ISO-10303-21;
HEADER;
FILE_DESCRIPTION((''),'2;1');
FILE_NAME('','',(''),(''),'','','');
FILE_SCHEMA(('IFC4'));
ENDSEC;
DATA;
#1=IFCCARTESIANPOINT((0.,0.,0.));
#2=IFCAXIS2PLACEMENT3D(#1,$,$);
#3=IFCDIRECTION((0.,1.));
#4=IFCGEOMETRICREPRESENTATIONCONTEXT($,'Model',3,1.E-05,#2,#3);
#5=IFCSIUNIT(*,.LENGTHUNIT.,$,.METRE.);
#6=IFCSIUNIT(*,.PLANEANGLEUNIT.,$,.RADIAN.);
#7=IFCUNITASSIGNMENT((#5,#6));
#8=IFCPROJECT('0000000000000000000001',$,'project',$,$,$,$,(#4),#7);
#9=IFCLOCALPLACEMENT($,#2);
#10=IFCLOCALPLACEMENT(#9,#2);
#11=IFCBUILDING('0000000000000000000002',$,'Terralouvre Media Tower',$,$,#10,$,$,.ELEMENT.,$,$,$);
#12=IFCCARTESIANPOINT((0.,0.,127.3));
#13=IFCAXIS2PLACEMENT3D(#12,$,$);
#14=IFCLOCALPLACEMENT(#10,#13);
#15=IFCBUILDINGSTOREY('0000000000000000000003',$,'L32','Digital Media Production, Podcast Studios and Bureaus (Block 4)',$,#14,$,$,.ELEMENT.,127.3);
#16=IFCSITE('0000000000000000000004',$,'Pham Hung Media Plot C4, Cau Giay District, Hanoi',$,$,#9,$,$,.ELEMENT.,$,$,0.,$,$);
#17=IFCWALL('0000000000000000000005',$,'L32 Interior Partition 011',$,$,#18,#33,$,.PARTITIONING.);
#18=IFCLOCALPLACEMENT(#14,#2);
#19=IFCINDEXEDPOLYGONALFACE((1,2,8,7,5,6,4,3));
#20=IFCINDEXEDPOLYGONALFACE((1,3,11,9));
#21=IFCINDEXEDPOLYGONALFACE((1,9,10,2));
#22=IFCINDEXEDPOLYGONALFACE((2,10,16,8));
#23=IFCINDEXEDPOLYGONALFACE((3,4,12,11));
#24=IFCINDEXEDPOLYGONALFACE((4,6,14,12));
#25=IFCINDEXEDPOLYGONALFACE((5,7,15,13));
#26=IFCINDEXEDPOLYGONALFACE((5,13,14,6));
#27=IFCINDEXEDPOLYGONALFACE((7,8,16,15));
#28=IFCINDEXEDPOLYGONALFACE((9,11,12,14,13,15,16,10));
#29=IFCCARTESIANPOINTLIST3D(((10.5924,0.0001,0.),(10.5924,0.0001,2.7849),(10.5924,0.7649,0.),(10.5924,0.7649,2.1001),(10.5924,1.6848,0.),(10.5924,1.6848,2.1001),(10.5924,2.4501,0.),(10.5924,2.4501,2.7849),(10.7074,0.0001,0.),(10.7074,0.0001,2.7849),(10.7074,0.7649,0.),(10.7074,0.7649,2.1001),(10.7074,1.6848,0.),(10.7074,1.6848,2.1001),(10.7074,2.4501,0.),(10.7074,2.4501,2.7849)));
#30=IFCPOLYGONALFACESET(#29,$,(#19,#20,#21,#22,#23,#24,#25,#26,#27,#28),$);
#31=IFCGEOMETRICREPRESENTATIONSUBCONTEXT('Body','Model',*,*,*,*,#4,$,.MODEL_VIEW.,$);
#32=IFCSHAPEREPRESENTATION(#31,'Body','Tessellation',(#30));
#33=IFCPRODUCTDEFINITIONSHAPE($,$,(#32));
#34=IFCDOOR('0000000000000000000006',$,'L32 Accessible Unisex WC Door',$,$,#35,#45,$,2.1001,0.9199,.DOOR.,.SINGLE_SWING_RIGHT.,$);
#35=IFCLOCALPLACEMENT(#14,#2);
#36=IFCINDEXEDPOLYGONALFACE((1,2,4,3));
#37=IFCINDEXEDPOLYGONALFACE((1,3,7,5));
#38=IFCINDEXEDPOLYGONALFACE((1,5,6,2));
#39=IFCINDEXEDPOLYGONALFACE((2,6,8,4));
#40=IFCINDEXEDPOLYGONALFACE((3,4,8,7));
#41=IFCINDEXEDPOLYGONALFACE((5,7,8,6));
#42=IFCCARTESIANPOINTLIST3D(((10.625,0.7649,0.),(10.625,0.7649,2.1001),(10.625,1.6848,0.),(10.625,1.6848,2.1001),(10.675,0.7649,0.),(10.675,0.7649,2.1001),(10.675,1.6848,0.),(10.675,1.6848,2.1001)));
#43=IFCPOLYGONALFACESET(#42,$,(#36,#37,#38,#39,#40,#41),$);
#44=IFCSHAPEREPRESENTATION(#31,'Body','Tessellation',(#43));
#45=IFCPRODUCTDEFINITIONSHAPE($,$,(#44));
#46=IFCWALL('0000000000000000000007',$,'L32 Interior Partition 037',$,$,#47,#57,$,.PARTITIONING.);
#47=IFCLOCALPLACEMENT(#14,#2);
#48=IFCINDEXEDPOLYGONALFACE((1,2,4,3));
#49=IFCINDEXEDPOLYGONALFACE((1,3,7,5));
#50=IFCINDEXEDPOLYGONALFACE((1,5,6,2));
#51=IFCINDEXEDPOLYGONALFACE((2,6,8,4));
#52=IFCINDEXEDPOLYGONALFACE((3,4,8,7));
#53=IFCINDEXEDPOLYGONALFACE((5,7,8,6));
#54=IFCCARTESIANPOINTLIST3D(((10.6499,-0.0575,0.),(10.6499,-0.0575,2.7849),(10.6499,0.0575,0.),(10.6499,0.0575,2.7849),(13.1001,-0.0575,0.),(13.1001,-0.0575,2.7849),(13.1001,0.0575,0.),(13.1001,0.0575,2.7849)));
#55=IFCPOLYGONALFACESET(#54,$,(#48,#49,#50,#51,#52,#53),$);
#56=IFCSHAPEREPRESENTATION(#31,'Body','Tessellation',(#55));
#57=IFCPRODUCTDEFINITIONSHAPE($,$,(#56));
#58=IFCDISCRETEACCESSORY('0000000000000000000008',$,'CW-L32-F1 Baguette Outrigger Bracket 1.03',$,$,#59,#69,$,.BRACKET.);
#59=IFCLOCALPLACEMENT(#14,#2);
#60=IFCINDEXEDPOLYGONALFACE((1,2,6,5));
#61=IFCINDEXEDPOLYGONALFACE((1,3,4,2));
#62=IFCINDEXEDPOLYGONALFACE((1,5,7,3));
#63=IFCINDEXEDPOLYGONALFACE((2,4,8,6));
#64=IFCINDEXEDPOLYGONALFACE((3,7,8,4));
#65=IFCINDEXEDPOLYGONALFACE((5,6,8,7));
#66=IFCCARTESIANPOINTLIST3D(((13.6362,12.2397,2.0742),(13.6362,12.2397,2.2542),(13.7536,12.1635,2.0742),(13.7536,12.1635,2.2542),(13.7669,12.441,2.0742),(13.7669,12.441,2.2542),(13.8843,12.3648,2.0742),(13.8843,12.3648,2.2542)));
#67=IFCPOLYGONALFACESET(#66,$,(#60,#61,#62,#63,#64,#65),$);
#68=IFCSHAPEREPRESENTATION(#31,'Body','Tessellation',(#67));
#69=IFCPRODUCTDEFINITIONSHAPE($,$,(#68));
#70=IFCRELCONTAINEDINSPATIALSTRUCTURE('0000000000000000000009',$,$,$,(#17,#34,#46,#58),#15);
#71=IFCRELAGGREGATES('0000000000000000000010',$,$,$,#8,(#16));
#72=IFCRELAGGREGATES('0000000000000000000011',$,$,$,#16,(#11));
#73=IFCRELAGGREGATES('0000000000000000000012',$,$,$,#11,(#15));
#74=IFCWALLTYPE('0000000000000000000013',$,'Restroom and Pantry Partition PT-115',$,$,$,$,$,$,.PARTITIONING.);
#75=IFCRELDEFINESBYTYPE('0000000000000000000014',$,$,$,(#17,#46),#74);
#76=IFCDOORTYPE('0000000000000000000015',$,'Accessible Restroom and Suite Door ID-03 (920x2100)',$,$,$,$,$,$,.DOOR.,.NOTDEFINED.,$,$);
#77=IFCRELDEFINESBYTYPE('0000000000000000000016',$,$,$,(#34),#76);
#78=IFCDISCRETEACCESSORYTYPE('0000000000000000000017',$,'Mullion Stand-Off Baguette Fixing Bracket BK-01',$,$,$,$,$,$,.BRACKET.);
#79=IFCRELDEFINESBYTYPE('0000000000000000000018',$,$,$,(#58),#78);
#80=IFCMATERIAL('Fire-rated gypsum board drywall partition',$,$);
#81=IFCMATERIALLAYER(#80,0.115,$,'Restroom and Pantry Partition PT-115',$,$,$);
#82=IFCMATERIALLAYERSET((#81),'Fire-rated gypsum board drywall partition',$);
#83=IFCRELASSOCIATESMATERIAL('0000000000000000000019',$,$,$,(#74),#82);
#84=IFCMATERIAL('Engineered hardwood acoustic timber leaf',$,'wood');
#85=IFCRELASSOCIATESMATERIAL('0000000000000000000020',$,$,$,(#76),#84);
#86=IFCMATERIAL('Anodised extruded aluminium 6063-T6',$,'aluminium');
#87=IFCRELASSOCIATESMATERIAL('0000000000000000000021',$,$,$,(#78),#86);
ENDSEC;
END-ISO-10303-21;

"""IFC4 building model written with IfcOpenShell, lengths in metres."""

from ifc_helpers import new_model, si_unit, direction, frame, frame_2d, origin, origin_2d, place, context, subcontext, project, spatial, rectangle, extrude, material, layer, layer_set, type_object, element, fill, save


model = new_model("IFC4")

# Units and contexts
model_context = context("Model", 3, precision=1e-05, world=origin(), true_north=direction((0.0, 1.0)))
body_context = subcontext(model_context, "Body", "Model", "MODEL_VIEW")
ifc_project = project(units=[si_unit("LENGTHUNIT", "METRE"), si_unit("PLANEANGLEUNIT", "RADIAN")], contexts=[model_context])

# Site, building, storey
site_placement = place(None, origin())
site = spatial("IfcSite", under=ifc_project, at=site_placement, Name="Pham Hung Media Plot C4, Cau Giay District, Hanoi", CompositionType="ELEMENT", RefElevation=0.0)
building_placement = place(site_placement, origin())
building = spatial("IfcBuilding", under=site, at=building_placement, Name="Terralouvre Media Tower", CompositionType="ELEMENT")
storey_placement = place(building_placement, frame((0.0, 0.0, 127.3)))
storey = spatial("IfcBuildingStorey", under=building, at=storey_placement, Name="L32", Description="Digital Media Production, Podcast Studios and Bureaus (Block 4)", CompositionType="ELEMENT", Elevation=127.3)

# Wall, opening, door
ifc_material_1 = material(Name="Fire-rated gypsum board drywall partition")
ifc_layer_1 = layer(ifc_material_1, 0.115, Name="Restroom and Pantry Partition PT-115")
ifc_layer_set_1 = layer_set([ifc_layer_1], Name="Fire-rated gypsum board drywall partition")
wall_type_1 = type_object("IfcWallType", Name="Restroom and Pantry Partition PT-115", PredefinedType="PARTITIONING", material=ifc_layer_set_1)
wall_1_placement = place(storey_placement, frame((10.6499, 0.0, 0.0), z_axis=(0.0, 0.0, 1.0), x_axis=(0.0, 1.0, 0.0)))
wall_1 = element("IfcWall", 1, at=wall_1_placement, inside=storey, type_object=wall_type_1, Name="L32 Interior Partition 011", PredefinedType="PARTITIONING", context=body_context, shape_type="SweptSolid", body=[
    extrude(rectangle(XDim=2.45, YDim=0.115, at=frame_2d((1.2251, 0.0))), origin(), (0.0, 0.0, 1.0), 2.7849),
])
opening_1_placement = place(wall_1_placement, frame((0.7649, 0.0, 0.0)))
opening_1 = element("IfcOpeningElement", 2, at=opening_1_placement, cuts=wall_1, PredefinedType="OPENING", context=body_context, shape_type="SweptSolid", body=[
    extrude(rectangle(XDim=0.9199, YDim=2.1001, at=frame_2d((0.46, 1.05))), frame((0.0, 0.0674, 0.0), z_axis=(0.0, -1.0, 0.0), x_axis=(1.0, 0.0, 0.0)), (0.0, 0.0, 1.0), 0.135),
])
ifc_material_2 = material(Name="Engineered hardwood acoustic timber leaf", Category="wood")
door_type_1 = type_object("IfcDoorType", Name="Accessible Restroom and Suite Door ID-03 (920x2100)", OperationType="NOTDEFINED", PredefinedType="DOOR", material=ifc_material_2)
door_1_placement = place(opening_1_placement, origin())
door_1 = element("IfcDoor", 3, at=door_1_placement, inside=storey, type_object=door_type_1, Name="L32 Accessible Unisex WC Door", OperationType="SINGLE_SWING_RIGHT", OverallHeight=2.1001, OverallWidth=0.9199, PredefinedType="DOOR", context=body_context, shape_type="SweptSolid", body=[
    extrude(rectangle(XDim=0.9199, YDim=2.1001, at=frame_2d((0.46, 1.05))), frame((0.0, 0.0249, 0.0), z_axis=(0.0, -1.0, 0.0), x_axis=(1.0, 0.0, 0.0)), (0.0, 0.0, 1.0), 0.05),
])
fill(opening_1, door_1)

# Wall
wall_2_placement = place(storey_placement, frame((13.1001, 0.0, 0.0), z_axis=(0.0, 0.0, 1.0), x_axis=(-1.0, 0.0, 0.0)))
element("IfcWall", 4, at=wall_2_placement, inside=storey, type_object=wall_type_1, Name="L32 Interior Partition 037", PredefinedType="PARTITIONING", context=body_context, shape_type="SweptSolid", body=[
    extrude(rectangle(XDim=2.4502, YDim=0.115, at=frame_2d((1.2251, 0.0))), origin(), (0.0, 0.0, 1.0), 2.7849),
])

# Discrete accessory
ifc_material_3 = material(Name="Anodised extruded aluminium 6063-T6", Category="aluminium")
discrete_accessory_type = type_object("IfcDiscreteAccessoryType", Name="Mullion Stand-Off Baguette Fixing Bracket BK-01", PredefinedType="BRACKET", material=ifc_material_3)
discrete_accessory_placement = place(storey_placement, frame((13.7603, 12.3022, 2.0742), z_axis=(0.0, 0.0, 1.0), x_axis=(-0.838671, 0.544639, 0.0)))
element("IfcDiscreteAccessory", 5, at=discrete_accessory_placement, inside=storey, type_object=discrete_accessory_type, Name="CW-L32-F1 Baguette Outrigger Bracket 1.03", PredefinedType="BRACKET", context=body_context, shape_type="SweptSolid", body=[
    extrude(rectangle(XDim=0.1399, YDim=0.24, at=origin_2d()), origin(), (0.0, 0.0, 1.0), 0.1799),
])

save(model, "model.ifc")
